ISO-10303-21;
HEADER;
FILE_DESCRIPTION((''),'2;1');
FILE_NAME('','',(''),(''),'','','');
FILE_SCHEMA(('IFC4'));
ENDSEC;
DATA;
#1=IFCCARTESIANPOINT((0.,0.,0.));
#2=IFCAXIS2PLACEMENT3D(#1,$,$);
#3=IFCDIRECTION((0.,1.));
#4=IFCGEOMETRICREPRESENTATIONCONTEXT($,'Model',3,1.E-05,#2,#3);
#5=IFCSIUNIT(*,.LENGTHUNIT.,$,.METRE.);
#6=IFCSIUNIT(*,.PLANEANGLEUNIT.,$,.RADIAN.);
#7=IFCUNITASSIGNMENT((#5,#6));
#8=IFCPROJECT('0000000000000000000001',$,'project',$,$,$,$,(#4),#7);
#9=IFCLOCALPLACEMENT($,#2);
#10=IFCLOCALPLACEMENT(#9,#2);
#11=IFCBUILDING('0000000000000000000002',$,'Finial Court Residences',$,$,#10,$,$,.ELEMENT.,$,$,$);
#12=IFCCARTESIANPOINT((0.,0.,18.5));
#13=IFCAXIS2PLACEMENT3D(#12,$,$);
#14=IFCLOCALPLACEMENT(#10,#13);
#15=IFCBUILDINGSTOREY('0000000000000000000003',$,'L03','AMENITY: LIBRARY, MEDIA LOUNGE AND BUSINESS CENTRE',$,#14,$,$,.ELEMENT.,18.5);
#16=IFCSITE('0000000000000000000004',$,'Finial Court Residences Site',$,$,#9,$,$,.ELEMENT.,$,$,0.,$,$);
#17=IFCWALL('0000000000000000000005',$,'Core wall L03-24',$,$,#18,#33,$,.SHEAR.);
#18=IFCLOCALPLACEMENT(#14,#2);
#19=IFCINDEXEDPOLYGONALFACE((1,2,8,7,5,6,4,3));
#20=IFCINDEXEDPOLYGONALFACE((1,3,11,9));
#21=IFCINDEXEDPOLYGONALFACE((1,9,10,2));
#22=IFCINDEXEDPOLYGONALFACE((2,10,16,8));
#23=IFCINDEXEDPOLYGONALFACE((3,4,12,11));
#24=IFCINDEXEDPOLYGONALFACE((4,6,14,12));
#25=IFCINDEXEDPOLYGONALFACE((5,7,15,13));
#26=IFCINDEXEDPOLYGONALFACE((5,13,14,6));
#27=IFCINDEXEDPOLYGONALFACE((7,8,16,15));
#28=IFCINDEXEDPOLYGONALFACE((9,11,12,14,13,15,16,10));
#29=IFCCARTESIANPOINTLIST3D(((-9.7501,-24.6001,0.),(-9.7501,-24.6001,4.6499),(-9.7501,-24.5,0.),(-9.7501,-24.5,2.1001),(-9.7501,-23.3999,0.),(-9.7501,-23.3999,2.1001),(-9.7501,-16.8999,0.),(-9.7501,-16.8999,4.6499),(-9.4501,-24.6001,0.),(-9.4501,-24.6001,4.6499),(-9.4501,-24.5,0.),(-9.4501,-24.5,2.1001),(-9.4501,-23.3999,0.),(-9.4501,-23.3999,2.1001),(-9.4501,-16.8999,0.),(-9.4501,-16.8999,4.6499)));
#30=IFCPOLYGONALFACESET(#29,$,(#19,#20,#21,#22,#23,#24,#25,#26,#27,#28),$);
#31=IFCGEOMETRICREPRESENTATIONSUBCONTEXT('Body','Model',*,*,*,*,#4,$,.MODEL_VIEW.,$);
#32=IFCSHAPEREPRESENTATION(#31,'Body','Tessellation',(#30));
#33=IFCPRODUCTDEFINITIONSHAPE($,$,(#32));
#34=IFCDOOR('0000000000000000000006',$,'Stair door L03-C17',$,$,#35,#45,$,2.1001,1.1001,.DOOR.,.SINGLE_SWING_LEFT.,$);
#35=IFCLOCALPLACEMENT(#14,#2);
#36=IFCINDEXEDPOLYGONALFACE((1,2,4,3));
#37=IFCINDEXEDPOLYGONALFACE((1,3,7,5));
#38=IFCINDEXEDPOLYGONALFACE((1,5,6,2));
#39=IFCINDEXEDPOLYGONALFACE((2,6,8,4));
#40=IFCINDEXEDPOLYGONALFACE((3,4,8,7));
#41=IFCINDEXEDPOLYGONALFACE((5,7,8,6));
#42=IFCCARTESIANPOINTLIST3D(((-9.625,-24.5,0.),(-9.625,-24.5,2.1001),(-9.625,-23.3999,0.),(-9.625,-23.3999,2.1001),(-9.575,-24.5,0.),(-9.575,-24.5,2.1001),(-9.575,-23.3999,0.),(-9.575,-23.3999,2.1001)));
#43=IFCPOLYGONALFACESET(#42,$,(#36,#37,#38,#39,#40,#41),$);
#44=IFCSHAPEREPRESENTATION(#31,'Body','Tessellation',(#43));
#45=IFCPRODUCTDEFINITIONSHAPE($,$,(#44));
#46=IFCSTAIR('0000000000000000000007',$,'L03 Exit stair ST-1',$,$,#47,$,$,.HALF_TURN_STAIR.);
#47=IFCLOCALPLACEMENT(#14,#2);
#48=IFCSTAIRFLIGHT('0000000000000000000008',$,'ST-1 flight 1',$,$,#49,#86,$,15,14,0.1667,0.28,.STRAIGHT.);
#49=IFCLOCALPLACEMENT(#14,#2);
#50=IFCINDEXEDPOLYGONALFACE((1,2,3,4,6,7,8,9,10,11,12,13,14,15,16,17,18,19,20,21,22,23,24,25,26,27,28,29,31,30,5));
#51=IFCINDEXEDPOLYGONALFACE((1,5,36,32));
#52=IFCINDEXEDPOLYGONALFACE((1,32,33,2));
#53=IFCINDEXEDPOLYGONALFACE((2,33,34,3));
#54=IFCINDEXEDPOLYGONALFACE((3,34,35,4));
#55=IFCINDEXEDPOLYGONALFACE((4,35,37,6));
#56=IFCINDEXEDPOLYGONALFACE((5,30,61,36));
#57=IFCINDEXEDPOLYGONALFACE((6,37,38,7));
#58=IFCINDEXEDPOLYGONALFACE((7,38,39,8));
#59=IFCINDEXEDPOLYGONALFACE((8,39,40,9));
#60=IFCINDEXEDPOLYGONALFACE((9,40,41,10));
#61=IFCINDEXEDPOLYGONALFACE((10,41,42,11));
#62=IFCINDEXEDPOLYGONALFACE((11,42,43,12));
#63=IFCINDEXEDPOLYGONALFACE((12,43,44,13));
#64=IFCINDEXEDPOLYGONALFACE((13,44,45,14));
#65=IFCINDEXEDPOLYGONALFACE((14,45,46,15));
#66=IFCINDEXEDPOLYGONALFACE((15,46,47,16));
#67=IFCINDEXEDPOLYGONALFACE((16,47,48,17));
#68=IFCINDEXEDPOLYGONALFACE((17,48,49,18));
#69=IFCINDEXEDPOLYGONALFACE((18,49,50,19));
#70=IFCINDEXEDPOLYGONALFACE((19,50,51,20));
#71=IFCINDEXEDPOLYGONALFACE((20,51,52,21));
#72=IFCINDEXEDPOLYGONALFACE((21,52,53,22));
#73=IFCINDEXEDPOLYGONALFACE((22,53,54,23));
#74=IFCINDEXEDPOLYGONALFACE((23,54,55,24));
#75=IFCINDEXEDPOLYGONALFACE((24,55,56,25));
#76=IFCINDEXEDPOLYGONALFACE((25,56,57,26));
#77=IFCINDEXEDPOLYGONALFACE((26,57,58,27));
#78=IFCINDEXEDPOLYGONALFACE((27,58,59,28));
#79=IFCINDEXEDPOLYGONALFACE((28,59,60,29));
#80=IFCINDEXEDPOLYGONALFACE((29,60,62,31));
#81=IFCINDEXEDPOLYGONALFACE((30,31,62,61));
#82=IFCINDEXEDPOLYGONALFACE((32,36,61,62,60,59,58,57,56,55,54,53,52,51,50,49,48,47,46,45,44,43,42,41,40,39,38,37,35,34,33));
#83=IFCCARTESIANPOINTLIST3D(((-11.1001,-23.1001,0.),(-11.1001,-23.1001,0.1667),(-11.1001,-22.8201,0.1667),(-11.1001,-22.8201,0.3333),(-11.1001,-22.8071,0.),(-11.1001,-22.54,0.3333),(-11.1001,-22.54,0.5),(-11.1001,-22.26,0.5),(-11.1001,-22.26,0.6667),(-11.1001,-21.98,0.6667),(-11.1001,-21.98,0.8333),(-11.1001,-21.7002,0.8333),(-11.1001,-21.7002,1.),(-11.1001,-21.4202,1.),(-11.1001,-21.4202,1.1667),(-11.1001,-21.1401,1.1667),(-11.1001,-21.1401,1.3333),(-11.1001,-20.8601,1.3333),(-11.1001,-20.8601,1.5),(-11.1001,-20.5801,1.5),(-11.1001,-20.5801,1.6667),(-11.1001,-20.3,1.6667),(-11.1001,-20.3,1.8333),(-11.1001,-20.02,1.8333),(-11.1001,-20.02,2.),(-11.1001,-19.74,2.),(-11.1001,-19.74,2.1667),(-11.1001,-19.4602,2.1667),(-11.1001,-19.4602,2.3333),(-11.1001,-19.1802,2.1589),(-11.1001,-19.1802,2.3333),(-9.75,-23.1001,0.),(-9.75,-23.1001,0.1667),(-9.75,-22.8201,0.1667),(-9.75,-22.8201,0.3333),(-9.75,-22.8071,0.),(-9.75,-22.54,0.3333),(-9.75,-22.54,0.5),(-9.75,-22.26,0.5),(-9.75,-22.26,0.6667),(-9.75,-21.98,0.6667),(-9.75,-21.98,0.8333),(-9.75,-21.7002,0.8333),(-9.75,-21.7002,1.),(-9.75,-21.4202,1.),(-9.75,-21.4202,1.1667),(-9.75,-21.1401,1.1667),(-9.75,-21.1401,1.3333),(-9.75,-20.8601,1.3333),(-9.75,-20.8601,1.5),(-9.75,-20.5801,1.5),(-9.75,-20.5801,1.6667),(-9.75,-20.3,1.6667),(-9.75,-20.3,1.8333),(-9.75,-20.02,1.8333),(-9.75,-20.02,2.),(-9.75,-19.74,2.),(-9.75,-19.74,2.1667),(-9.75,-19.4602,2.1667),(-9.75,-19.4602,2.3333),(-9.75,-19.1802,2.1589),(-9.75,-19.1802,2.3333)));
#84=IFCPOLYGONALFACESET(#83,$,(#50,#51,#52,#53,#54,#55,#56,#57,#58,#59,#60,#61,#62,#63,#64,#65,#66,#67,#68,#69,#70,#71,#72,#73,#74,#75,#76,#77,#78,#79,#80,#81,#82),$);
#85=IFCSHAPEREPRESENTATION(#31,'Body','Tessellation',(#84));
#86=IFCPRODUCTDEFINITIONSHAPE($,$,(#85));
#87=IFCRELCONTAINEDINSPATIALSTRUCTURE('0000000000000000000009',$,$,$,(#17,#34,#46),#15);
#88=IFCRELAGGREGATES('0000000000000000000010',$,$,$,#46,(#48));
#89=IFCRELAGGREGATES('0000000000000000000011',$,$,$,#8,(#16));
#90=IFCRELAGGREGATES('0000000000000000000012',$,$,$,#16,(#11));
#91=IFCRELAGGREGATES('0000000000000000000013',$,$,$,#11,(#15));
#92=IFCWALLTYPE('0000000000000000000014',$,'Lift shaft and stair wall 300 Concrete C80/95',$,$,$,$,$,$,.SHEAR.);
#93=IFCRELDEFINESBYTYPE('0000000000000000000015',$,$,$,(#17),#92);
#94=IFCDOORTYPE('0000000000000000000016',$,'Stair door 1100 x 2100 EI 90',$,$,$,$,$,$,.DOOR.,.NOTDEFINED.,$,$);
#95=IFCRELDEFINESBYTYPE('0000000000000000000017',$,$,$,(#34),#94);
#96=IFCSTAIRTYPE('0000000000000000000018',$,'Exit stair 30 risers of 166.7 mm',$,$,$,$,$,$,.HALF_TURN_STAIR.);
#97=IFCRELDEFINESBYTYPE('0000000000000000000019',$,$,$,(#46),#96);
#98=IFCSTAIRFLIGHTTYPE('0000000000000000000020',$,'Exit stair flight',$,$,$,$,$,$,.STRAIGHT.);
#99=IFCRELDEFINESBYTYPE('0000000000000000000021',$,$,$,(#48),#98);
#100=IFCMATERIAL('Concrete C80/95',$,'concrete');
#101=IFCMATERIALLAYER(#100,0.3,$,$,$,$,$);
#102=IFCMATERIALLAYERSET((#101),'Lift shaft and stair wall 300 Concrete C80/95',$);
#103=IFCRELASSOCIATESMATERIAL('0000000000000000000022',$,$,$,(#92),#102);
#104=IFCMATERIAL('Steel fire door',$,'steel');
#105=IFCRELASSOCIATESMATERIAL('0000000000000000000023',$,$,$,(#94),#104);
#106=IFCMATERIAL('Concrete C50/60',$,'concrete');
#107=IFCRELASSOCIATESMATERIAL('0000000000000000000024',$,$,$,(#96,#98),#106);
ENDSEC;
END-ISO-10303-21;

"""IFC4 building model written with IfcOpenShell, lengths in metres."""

from ifc_helpers import new_model, si_unit, direction, frame, frame_2d, origin, place, context, subcontext, project, spatial, polyline, rectangle, outline, extrude, material, layer, layer_set, type_object, element, fill, aggregate, save


model = new_model("IFC4")

# Units and contexts
model_context = context("Model", 3, precision=1e-05, world=origin(), true_north=direction((0.0, 1.0)))
body_context = subcontext(model_context, "Body", "Model", "MODEL_VIEW")
ifc_project = project(units=[si_unit("LENGTHUNIT", "METRE"), si_unit("PLANEANGLEUNIT", "RADIAN")], contexts=[model_context])

# Site, building, storey
site_placement = place(None, origin())
site = spatial("IfcSite", under=ifc_project, at=site_placement, Name="Finial Court Residences Site", CompositionType="ELEMENT", RefElevation=0.0)
building_placement = place(site_placement, origin())
building = spatial("IfcBuilding", under=site, at=building_placement, Name="Finial Court Residences", CompositionType="ELEMENT")
storey_placement = place(building_placement, frame((0.0, 0.0, 18.5)))
storey = spatial("IfcBuildingStorey", under=building, at=storey_placement, Name="L03", Description="AMENITY: LIBRARY, MEDIA LOUNGE AND BUSINESS CENTRE", CompositionType="ELEMENT", Elevation=18.5)

# Shared definitions
ifc_material_1 = material(Name="Concrete C80/95", Category="concrete")
ifc_material_2 = material(Name="Concrete C50/60", Category="concrete")

# Shared definitions
ifc_layer_1 = layer(ifc_material_1, 0.3)
ifc_layer_set_1 = layer_set([ifc_layer_1], Name="Lift shaft and stair wall 300 Concrete C80/95")
wall_type_1 = type_object("IfcWallType", Name="Lift shaft and stair wall 300 Concrete C80/95", PredefinedType="SHEAR", material=ifc_layer_set_1)

# Wall, opening, door
wall_1_placement = place(storey_placement, frame((-9.6001, -24.6001, 0.0), z_axis=(0.0, 0.0, 1.0), x_axis=(0.0, 1.0, 0.0)))
wall_1 = element("IfcWall", 1, at=wall_1_placement, inside=storey, type_object=wall_type_1, Name="Core wall L03-24", PredefinedType="SHEAR", context=body_context, shape_type="SweptSolid", body=[
    extrude(rectangle(XDim=7.7002, YDim=0.3, at=frame_2d((3.8501, 0.0))), origin(), (0.0, 0.0, 1.0), 4.6499),
])
opening_placement = place(wall_1_placement, frame((0.1001, 0.0, 0.0)))
opening = element("IfcOpeningElement", 2, at=opening_placement, cuts=wall_1, PredefinedType="OPENING", context=body_context, shape_type="SweptSolid", body=[
    extrude(rectangle(XDim=1.1001, YDim=2.1001, at=frame_2d((0.55, 1.05))), frame((0.0, 0.1599, 0.0), z_axis=(0.0, -1.0, 0.0), x_axis=(1.0, 0.0, 0.0)), (0.0, 0.0, 1.0), 0.3201),
])
ifc_material_3 = material(Name="Steel fire door", Category="steel")
door_type = type_object("IfcDoorType", Name="Stair door 1100 x 2100 EI 90", OperationType="NOTDEFINED", PredefinedType="DOOR", material=ifc_material_3)
door_placement = place(opening_placement, origin())
door = element("IfcDoor", 3, at=door_placement, inside=storey, type_object=door_type, Name="Stair door L03-C17", OperationType="SINGLE_SWING_LEFT", OverallHeight=2.1001, OverallWidth=1.1001, PredefinedType="DOOR", context=body_context, shape_type="SweptSolid", body=[
    extrude(rectangle(XDim=1.1001, YDim=2.1001, at=frame_2d((0.55, 1.05))), frame((0.0, 0.0249, 0.0), z_axis=(0.0, -1.0, 0.0), x_axis=(1.0, 0.0, 0.0)), (0.0, 0.0, 1.0), 0.05),
])
fill(opening, door)

# Stair, stair flight
stair_type = type_object("IfcStairType", Name="Exit stair 30 risers of 166.7 mm", PredefinedType="HALF_TURN_STAIR", material=ifc_material_2)
stair_placement = place(storey_placement, origin())
stair = element("IfcStair", 4, at=stair_placement, inside=storey, type_object=stair_type, Name="L03 Exit stair ST-1", PredefinedType="HALF_TURN_STAIR")
stair_flight_type = type_object("IfcStairFlightType", Name="Exit stair flight", PredefinedType="STRAIGHT", material=ifc_material_2)
stair_flight_placement = place(storey_placement, frame((-10.425, -23.1001, 0.0), z_axis=(0.0, 0.0, 1.0), x_axis=(0.0, 1.0, 0.0)))
stair_flight = element("IfcStairFlight", 5, at=stair_flight_placement, type_object=stair_flight_type, Name="ST-1 flight 1", NumberOfRisers=15, NumberOfTreads=14, PredefinedType="STRAIGHT", RiserHeight=0.1667, TreadLength=0.28, context=body_context, shape_type="SweptSolid", body=[
    extrude(outline(polyline([(0.0, 0.0), (0.0, 0.1667), (0.28, 0.1667), (0.28, 0.3333), (0.5601, 0.3333), (0.5601, 0.5), (0.8401, 0.5), (0.8401, 0.6667), (1.1201, 0.6667), (1.1201, 0.8333), (1.3999, 0.8333), (1.3999, 1.0), (1.6799, 1.0), (1.6799, 1.1667), (1.96, 1.1667), (1.96, 1.3333), (2.24, 1.3333), (2.24, 1.5), (2.52, 1.5), (2.52, 1.6667), (2.8, 1.6667), (2.8, 1.8333), (3.0801, 1.8333), (3.0801, 2.0), (3.3601, 2.0), (3.3601, 2.1667), (3.6399, 2.1667), (3.6399, 2.3333), (3.9199, 2.3333), (3.9199, 2.5), (3.9199, 2.1589), (0.293, 0.0), (0.0, 0.0)])), frame((0.0, 0.675, 0.0), z_axis=(0.0, -1.0, 0.0), x_axis=(1.0, 0.0, 0.0)), (0.0, 0.0, 1.0), 1.3501),
])
aggregate(stair, [stair_flight])

save(model, "model.ifc")
